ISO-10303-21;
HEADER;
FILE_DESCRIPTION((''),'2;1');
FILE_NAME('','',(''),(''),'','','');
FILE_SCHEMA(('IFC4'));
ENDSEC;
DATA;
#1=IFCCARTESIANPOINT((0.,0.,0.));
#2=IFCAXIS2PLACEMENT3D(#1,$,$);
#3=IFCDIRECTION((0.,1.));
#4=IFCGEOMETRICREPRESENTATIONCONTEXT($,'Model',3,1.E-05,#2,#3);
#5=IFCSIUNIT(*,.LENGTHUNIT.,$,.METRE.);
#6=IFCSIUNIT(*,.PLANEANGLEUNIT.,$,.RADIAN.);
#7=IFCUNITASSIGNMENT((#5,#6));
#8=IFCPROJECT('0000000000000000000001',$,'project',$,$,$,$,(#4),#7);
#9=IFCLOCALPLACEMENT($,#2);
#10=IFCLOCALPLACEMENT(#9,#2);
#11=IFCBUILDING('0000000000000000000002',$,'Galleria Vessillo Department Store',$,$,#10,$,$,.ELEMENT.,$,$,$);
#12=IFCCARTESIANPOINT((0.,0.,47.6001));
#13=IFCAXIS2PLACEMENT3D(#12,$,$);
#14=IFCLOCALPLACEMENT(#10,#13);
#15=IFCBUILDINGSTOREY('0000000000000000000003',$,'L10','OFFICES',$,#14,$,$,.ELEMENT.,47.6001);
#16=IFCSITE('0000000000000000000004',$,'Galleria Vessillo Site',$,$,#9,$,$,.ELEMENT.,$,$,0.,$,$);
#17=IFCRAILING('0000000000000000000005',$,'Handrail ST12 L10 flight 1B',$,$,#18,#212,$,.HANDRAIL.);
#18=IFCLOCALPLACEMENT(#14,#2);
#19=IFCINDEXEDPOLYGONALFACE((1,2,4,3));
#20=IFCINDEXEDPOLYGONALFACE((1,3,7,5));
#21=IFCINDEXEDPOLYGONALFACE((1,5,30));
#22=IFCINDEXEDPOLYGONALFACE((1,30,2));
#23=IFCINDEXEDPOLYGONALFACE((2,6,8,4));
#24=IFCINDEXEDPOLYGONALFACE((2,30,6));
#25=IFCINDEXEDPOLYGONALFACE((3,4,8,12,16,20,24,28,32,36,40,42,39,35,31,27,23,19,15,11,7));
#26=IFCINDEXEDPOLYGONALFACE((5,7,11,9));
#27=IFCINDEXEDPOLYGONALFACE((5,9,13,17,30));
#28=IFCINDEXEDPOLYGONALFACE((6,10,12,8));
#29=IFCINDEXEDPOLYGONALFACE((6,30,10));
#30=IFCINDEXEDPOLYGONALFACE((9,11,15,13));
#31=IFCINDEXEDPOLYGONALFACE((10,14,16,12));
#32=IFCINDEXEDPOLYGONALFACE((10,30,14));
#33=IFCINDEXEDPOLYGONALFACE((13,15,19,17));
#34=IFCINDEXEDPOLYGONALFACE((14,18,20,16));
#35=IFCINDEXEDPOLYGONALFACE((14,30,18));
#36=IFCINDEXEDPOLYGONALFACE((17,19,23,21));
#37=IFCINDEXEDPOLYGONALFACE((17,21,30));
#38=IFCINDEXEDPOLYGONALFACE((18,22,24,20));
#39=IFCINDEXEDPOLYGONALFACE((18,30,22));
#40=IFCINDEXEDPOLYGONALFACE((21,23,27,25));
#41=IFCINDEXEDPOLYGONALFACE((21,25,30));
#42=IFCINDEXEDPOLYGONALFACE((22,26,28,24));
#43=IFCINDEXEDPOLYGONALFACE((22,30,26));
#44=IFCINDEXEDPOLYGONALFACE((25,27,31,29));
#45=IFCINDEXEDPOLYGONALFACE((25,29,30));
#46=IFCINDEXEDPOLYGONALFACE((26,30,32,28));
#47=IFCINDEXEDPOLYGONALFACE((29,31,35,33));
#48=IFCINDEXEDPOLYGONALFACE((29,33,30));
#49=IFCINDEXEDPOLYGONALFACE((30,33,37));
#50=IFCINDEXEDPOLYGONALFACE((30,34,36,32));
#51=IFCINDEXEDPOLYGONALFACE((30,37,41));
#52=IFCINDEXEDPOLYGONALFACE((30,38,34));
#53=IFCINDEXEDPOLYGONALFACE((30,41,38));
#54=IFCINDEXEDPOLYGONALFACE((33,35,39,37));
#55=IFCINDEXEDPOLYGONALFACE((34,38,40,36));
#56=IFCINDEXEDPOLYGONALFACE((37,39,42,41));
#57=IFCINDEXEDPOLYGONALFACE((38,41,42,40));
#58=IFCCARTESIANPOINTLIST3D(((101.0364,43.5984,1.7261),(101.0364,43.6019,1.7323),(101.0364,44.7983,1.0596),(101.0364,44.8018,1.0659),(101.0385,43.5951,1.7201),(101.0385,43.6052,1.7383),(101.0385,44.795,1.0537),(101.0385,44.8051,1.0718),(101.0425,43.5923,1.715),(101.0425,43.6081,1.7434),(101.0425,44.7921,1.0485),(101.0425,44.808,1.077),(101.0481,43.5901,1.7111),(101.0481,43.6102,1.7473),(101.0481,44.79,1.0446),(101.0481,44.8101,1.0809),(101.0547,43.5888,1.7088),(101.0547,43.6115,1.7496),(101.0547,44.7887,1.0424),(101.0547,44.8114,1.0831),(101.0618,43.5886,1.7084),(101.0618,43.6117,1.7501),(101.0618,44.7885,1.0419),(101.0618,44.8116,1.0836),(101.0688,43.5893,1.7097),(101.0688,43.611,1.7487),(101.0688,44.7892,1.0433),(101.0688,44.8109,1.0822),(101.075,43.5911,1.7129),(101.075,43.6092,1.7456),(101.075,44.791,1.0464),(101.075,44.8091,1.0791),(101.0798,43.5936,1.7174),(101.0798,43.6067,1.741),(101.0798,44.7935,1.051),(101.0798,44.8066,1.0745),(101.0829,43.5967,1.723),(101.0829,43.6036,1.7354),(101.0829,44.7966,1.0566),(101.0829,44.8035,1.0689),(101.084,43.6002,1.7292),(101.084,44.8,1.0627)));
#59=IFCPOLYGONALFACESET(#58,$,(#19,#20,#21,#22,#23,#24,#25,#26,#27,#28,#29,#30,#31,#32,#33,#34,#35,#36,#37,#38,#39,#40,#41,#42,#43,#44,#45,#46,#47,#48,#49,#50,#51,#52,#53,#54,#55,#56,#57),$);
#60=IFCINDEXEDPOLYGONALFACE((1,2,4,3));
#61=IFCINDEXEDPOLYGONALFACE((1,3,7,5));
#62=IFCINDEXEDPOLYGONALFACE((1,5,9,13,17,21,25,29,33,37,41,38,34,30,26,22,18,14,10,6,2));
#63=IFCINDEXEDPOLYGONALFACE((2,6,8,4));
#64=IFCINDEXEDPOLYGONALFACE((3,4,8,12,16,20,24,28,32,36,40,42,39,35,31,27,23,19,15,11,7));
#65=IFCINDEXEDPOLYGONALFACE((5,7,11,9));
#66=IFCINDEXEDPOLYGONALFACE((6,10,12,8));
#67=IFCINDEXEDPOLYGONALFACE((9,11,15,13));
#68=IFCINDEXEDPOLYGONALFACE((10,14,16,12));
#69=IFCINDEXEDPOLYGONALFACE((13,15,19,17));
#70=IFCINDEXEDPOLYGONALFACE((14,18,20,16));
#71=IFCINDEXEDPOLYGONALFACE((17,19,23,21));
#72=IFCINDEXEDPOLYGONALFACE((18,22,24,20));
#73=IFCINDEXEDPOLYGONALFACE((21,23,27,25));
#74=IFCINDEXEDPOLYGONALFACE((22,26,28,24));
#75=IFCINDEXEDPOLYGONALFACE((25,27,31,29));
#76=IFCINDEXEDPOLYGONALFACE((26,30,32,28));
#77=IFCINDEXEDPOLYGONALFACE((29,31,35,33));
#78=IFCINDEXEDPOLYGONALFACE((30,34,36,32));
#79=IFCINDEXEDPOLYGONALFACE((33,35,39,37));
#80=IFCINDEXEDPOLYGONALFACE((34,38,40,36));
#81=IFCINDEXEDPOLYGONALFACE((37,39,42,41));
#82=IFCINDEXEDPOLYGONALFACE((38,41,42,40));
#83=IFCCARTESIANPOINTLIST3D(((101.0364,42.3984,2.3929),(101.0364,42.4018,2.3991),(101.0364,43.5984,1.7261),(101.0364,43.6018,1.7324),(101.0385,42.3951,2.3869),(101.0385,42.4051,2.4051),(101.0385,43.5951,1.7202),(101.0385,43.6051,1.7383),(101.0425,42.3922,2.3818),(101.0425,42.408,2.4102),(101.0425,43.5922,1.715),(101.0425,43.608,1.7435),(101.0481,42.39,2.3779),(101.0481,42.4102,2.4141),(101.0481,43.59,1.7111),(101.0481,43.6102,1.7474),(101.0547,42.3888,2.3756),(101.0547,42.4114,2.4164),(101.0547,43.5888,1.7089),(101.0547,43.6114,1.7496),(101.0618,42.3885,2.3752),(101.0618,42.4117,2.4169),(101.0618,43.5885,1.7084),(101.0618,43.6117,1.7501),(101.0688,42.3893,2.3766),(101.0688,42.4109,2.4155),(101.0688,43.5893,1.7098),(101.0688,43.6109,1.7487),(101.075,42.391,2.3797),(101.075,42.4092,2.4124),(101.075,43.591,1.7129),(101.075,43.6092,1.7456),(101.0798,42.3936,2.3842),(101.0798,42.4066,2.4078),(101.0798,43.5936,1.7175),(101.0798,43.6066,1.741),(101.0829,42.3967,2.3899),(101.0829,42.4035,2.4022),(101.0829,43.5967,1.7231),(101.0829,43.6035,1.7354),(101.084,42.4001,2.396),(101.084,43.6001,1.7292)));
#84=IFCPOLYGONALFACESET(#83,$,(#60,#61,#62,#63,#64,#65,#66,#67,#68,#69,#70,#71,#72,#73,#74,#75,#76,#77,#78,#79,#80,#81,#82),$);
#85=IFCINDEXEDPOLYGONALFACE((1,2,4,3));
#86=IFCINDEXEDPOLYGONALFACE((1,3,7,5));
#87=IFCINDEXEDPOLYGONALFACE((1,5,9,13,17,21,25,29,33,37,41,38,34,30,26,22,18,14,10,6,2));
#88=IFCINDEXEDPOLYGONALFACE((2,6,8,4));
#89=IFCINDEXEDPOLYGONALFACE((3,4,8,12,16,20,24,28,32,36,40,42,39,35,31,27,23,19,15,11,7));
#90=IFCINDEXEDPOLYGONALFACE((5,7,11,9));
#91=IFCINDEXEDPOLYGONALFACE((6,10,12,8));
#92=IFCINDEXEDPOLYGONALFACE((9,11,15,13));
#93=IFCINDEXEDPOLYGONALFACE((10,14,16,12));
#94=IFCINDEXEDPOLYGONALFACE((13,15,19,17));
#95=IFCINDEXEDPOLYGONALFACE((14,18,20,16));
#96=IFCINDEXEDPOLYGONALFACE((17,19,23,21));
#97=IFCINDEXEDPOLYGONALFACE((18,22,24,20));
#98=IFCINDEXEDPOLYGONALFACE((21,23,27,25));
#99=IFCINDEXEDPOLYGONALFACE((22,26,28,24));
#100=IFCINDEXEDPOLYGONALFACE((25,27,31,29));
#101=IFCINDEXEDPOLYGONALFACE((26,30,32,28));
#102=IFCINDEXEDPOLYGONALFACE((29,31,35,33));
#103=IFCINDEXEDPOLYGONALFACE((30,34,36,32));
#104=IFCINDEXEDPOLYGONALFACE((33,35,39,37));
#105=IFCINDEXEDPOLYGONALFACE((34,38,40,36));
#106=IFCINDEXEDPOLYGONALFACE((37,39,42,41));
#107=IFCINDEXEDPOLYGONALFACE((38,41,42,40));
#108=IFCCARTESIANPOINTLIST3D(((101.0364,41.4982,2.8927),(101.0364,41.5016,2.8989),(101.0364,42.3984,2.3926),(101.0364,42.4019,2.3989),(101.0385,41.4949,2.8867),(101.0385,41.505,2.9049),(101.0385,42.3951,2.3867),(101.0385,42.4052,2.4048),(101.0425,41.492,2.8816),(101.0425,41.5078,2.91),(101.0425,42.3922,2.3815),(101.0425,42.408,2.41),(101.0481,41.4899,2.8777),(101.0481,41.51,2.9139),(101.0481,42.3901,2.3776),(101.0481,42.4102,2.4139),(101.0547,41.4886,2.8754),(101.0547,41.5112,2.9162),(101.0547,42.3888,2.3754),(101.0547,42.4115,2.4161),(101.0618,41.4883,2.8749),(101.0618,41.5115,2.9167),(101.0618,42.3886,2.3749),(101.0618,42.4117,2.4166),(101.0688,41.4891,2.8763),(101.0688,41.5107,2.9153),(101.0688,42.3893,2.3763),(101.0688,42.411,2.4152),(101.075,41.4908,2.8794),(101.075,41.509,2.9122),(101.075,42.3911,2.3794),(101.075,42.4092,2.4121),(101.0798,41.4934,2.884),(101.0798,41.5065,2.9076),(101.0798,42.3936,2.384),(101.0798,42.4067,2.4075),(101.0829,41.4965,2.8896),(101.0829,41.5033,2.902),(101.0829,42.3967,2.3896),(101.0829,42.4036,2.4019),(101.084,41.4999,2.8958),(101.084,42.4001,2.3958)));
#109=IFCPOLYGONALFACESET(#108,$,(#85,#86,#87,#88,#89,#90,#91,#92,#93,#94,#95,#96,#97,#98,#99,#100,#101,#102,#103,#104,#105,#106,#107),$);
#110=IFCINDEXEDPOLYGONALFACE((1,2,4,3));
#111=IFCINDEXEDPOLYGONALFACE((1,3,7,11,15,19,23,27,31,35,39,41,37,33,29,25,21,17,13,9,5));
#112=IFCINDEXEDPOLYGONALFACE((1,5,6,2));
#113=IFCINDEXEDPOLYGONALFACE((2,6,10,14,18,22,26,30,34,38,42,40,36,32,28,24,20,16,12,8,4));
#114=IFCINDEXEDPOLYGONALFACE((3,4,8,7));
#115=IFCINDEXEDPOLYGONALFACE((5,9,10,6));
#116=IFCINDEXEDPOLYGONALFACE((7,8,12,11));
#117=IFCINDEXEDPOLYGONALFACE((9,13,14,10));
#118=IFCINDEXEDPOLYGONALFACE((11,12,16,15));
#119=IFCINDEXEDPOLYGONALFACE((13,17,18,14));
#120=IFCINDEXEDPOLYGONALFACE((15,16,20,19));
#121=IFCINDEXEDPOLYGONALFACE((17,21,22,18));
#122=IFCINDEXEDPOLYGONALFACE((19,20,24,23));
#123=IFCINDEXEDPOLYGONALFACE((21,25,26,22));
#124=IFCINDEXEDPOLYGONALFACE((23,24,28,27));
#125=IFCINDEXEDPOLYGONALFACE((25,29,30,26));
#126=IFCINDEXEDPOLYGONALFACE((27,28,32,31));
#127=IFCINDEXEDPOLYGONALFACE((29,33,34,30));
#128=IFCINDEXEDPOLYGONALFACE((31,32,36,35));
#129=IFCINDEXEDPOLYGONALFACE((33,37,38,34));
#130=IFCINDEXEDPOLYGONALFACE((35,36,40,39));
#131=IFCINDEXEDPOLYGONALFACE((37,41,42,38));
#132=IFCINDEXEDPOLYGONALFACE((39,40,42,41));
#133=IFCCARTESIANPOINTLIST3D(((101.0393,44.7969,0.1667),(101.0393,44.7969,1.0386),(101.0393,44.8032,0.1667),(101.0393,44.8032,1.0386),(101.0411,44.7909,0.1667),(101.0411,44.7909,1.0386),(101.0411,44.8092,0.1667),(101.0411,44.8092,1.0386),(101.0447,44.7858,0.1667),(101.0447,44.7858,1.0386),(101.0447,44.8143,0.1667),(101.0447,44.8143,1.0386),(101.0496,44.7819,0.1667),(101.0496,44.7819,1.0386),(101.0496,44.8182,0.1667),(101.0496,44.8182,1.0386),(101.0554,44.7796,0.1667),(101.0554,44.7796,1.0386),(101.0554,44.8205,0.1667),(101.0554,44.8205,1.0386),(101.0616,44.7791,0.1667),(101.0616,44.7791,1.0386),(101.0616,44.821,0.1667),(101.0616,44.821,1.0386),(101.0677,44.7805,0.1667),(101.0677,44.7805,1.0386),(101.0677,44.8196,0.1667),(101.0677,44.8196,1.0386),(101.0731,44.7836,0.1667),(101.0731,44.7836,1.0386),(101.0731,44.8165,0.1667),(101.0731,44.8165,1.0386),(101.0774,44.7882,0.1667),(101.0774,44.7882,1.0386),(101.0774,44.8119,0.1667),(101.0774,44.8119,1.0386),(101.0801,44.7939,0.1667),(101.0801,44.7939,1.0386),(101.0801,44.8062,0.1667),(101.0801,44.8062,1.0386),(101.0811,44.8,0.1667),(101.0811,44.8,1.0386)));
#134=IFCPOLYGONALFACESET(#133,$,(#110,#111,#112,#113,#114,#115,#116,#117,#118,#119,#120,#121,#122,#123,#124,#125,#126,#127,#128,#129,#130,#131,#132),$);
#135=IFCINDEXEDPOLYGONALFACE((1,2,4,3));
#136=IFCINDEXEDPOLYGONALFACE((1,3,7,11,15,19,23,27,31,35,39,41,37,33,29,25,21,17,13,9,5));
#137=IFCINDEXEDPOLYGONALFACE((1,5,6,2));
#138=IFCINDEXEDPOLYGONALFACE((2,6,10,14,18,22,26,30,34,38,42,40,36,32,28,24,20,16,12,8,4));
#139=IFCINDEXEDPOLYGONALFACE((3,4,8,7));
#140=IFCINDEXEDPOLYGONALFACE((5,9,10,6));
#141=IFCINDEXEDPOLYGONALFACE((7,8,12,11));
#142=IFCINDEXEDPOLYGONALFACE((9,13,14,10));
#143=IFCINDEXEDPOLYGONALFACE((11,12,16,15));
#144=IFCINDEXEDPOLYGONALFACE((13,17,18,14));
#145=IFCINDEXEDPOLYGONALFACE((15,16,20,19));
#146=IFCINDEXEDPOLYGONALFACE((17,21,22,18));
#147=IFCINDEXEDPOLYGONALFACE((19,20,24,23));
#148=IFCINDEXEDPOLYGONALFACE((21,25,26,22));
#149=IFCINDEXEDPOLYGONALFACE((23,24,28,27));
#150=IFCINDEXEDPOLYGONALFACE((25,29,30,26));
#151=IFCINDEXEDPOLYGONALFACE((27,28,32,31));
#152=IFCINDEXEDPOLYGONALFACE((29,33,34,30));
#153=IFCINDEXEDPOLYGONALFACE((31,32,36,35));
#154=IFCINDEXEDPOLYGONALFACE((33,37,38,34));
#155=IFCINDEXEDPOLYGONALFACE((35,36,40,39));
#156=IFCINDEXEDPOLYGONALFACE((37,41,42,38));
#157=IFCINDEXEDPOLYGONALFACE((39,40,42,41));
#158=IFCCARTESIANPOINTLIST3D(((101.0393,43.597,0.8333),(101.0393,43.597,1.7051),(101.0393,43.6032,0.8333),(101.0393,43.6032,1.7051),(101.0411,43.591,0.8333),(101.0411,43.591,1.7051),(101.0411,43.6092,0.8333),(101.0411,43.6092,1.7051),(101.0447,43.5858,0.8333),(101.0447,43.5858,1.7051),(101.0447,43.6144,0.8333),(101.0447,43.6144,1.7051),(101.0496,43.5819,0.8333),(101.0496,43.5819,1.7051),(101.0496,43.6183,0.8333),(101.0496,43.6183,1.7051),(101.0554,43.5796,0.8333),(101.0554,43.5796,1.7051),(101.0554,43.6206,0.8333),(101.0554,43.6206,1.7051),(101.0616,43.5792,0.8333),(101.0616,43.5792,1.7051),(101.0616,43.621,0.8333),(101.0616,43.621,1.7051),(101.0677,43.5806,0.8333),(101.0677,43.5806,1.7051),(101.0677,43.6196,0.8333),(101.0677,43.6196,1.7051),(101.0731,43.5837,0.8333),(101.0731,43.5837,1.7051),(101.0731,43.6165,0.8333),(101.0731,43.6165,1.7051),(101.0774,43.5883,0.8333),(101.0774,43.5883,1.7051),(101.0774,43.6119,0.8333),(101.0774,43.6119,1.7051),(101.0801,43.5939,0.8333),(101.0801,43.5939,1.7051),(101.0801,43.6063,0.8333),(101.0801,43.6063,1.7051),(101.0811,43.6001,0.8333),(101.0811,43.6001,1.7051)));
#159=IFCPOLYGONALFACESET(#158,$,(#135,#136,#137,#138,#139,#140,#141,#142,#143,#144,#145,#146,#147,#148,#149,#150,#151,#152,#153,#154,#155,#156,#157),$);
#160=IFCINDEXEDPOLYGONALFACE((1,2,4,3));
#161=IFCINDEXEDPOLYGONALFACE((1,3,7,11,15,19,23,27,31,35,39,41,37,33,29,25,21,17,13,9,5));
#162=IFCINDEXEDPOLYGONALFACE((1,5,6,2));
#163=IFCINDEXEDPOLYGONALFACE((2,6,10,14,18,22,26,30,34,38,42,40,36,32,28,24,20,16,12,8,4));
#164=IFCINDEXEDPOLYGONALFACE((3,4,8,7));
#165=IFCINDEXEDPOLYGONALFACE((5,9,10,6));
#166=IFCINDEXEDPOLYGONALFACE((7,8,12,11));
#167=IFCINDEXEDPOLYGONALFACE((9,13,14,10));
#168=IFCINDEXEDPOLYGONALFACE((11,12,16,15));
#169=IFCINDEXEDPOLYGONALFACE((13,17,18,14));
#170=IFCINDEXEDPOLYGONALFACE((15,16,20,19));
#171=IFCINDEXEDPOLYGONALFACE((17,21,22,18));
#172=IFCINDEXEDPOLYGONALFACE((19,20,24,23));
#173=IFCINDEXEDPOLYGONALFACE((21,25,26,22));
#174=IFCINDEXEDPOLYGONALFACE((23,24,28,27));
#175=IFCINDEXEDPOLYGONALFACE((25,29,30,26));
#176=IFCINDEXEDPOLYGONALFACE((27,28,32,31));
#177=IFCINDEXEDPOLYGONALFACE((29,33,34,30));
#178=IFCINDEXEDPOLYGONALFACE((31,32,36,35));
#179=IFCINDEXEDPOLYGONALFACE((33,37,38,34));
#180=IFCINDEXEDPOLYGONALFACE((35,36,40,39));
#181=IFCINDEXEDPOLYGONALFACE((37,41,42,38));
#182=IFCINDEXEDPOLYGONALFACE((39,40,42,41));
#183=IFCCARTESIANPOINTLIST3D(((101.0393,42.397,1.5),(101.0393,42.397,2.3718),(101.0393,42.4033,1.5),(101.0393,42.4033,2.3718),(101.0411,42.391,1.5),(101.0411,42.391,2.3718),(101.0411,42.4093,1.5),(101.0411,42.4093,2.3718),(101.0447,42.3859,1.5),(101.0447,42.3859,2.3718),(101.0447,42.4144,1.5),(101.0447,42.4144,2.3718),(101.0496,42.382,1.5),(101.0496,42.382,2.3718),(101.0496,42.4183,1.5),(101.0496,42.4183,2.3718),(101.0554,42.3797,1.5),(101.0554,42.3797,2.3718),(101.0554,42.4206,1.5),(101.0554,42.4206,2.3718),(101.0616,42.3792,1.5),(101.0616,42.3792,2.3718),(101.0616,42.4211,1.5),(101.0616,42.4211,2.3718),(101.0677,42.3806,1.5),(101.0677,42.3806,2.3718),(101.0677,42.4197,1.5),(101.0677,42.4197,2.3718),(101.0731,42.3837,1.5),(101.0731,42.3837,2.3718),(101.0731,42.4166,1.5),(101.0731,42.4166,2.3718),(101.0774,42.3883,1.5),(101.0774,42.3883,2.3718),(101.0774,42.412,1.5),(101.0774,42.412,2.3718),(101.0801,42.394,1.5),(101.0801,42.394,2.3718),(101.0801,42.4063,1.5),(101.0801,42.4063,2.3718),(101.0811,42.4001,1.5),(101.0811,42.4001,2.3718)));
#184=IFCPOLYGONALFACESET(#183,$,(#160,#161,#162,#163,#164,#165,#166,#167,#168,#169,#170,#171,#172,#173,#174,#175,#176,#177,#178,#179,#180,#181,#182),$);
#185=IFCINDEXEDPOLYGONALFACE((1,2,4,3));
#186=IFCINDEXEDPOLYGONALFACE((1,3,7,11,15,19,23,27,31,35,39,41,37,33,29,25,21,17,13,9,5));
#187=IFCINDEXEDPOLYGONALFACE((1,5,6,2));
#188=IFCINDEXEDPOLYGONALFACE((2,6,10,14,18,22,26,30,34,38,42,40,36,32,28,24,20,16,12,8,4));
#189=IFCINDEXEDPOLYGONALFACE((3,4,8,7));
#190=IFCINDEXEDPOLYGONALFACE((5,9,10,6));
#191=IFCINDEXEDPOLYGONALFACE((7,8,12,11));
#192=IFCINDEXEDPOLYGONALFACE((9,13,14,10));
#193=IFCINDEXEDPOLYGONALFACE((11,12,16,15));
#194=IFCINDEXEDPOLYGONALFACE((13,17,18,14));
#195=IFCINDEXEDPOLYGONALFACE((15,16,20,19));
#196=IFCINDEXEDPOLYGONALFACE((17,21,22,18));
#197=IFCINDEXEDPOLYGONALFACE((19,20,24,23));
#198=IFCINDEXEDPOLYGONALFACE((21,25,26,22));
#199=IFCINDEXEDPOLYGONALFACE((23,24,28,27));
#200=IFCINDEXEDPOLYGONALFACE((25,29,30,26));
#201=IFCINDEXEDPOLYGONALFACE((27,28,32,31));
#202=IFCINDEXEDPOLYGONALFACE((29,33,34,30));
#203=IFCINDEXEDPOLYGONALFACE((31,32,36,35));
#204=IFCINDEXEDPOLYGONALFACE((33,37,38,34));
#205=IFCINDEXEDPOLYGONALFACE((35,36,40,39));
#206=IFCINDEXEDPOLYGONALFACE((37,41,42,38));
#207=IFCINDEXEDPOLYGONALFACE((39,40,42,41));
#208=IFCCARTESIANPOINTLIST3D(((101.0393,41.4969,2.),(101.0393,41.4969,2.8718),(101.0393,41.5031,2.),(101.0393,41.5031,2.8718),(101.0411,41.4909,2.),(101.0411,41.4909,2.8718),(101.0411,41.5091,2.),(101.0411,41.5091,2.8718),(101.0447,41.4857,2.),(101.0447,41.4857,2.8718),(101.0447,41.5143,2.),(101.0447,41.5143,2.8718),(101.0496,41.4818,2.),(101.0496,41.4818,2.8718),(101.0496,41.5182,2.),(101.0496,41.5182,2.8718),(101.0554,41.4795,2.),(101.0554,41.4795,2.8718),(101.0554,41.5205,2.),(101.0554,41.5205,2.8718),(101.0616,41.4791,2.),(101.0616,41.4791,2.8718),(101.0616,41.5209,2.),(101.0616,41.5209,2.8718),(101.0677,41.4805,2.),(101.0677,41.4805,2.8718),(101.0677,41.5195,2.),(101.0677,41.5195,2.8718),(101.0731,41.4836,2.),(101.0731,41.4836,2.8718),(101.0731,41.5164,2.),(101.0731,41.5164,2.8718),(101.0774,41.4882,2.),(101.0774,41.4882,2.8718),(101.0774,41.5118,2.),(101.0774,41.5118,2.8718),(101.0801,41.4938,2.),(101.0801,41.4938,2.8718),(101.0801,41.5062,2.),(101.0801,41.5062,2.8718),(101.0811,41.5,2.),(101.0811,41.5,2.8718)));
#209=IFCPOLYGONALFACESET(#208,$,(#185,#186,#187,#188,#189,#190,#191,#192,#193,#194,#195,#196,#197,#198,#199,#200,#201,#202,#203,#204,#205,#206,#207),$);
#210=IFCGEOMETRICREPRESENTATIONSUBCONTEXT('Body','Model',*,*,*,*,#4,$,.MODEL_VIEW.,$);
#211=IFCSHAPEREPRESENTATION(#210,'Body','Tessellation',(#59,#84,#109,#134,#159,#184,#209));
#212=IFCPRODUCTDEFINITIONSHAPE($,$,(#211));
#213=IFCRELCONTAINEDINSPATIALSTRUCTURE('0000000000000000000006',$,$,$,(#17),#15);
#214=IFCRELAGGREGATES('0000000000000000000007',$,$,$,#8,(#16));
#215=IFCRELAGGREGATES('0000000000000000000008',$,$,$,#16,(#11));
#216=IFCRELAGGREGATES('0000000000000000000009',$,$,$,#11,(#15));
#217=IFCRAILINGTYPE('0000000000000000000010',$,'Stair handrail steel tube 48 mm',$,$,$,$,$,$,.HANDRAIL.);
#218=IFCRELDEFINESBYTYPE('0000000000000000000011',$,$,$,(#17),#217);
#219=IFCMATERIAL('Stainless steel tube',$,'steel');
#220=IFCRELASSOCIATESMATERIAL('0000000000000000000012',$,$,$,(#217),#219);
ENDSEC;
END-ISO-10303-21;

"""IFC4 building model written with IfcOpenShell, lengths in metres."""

from ifc_helpers import new_model, si_unit, direction, frame, origin, origin_2d, place, context, subcontext, project, spatial, circle, extrude, material, type_object, element, save


model = new_model("IFC4")

# Units and contexts
model_context = context("Model", 3, precision=1e-05, world=origin(), true_north=direction((0.0, 1.0)))
body_context = subcontext(model_context, "Body", "Model", "MODEL_VIEW")
ifc_project = project(units=[si_unit("LENGTHUNIT", "METRE"), si_unit("PLANEANGLEUNIT", "RADIAN")], contexts=[model_context])

# Site, building, storey
site_placement = place(None, origin())
site = spatial("IfcSite", under=ifc_project, at=site_placement, Name="Galleria Vessillo Site", CompositionType="ELEMENT", RefElevation=0.0)
building_placement = place(site_placement, origin())
building = spatial("IfcBuilding", under=site, at=building_placement, Name="Galleria Vessillo Department Store", CompositionType="ELEMENT")
storey_placement = place(building_placement, frame((0.0, 0.0, 47.6001)))
storey = spatial("IfcBuildingStorey", under=building, at=storey_placement, Name="L10", Description="OFFICES", CompositionType="ELEMENT", Elevation=47.6001)

# Railing
ifc_material_1 = material(Name="Stainless steel tube", Category="steel")
railing_type = type_object("IfcRailingType", Name="Stair handrail steel tube 48 mm", PredefinedType="HANDRAIL", material=ifc_material_1)
for number, where, name in (
    (1, (101.0601, 44.8, 0.1667), "Handrail ST12 L10 flight 1B"),
):
    element("IfcRailing", number, at=place(storey_placement, frame(where)), inside=storey, type_object=railing_type, Name=name, PredefinedType="HANDRAIL", context=body_context, shape_type="SweptSolid", body=[
        extrude(circle(Radius=0.0239, at=origin_2d()), frame((0.0, 0.0, 0.896), z_axis=(0.0, -0.874199, 0.485567), x_axis=(1.0, 0.0, 0.0)), (0.0, 0.0, 1.0), 1.3726),
        extrude(circle(Radius=0.0239, at=origin_2d()), frame((0.0, -1.2, 1.5625), z_axis=(0.0, -0.874124, 0.485703), x_axis=(1.0, 0.0, 0.0)), (0.0, 0.0, 1.0), 1.3728),
        extrude(circle(Radius=0.0239, at=origin_2d()), frame((0.0, -2.3999, 2.229), z_axis=(0.0, -0.874191, 0.485583), x_axis=(1.0, 0.0, 0.0)), (0.0, 0.0, 1.0), 1.0298),
        extrude(circle(Radius=0.021, at=origin_2d()), origin(), (0.0, 0.0, 1.0), 0.8718),
        extrude(circle(Radius=0.021, at=origin_2d()), frame((0.0, -1.2, 0.6665)), (0.0, 0.0, 1.0), 0.8718),
        extrude(circle(Radius=0.021, at=origin_2d()), frame((0.0, -2.3999, 1.3333)), (0.0, 0.0, 1.0), 0.8718),
        extrude(circle(Radius=0.021, at=origin_2d()), frame((0.0, -3.3, 1.8333)), (0.0, 0.0, 1.0), 0.8718),
    ])

save(model, "model.ifc")
